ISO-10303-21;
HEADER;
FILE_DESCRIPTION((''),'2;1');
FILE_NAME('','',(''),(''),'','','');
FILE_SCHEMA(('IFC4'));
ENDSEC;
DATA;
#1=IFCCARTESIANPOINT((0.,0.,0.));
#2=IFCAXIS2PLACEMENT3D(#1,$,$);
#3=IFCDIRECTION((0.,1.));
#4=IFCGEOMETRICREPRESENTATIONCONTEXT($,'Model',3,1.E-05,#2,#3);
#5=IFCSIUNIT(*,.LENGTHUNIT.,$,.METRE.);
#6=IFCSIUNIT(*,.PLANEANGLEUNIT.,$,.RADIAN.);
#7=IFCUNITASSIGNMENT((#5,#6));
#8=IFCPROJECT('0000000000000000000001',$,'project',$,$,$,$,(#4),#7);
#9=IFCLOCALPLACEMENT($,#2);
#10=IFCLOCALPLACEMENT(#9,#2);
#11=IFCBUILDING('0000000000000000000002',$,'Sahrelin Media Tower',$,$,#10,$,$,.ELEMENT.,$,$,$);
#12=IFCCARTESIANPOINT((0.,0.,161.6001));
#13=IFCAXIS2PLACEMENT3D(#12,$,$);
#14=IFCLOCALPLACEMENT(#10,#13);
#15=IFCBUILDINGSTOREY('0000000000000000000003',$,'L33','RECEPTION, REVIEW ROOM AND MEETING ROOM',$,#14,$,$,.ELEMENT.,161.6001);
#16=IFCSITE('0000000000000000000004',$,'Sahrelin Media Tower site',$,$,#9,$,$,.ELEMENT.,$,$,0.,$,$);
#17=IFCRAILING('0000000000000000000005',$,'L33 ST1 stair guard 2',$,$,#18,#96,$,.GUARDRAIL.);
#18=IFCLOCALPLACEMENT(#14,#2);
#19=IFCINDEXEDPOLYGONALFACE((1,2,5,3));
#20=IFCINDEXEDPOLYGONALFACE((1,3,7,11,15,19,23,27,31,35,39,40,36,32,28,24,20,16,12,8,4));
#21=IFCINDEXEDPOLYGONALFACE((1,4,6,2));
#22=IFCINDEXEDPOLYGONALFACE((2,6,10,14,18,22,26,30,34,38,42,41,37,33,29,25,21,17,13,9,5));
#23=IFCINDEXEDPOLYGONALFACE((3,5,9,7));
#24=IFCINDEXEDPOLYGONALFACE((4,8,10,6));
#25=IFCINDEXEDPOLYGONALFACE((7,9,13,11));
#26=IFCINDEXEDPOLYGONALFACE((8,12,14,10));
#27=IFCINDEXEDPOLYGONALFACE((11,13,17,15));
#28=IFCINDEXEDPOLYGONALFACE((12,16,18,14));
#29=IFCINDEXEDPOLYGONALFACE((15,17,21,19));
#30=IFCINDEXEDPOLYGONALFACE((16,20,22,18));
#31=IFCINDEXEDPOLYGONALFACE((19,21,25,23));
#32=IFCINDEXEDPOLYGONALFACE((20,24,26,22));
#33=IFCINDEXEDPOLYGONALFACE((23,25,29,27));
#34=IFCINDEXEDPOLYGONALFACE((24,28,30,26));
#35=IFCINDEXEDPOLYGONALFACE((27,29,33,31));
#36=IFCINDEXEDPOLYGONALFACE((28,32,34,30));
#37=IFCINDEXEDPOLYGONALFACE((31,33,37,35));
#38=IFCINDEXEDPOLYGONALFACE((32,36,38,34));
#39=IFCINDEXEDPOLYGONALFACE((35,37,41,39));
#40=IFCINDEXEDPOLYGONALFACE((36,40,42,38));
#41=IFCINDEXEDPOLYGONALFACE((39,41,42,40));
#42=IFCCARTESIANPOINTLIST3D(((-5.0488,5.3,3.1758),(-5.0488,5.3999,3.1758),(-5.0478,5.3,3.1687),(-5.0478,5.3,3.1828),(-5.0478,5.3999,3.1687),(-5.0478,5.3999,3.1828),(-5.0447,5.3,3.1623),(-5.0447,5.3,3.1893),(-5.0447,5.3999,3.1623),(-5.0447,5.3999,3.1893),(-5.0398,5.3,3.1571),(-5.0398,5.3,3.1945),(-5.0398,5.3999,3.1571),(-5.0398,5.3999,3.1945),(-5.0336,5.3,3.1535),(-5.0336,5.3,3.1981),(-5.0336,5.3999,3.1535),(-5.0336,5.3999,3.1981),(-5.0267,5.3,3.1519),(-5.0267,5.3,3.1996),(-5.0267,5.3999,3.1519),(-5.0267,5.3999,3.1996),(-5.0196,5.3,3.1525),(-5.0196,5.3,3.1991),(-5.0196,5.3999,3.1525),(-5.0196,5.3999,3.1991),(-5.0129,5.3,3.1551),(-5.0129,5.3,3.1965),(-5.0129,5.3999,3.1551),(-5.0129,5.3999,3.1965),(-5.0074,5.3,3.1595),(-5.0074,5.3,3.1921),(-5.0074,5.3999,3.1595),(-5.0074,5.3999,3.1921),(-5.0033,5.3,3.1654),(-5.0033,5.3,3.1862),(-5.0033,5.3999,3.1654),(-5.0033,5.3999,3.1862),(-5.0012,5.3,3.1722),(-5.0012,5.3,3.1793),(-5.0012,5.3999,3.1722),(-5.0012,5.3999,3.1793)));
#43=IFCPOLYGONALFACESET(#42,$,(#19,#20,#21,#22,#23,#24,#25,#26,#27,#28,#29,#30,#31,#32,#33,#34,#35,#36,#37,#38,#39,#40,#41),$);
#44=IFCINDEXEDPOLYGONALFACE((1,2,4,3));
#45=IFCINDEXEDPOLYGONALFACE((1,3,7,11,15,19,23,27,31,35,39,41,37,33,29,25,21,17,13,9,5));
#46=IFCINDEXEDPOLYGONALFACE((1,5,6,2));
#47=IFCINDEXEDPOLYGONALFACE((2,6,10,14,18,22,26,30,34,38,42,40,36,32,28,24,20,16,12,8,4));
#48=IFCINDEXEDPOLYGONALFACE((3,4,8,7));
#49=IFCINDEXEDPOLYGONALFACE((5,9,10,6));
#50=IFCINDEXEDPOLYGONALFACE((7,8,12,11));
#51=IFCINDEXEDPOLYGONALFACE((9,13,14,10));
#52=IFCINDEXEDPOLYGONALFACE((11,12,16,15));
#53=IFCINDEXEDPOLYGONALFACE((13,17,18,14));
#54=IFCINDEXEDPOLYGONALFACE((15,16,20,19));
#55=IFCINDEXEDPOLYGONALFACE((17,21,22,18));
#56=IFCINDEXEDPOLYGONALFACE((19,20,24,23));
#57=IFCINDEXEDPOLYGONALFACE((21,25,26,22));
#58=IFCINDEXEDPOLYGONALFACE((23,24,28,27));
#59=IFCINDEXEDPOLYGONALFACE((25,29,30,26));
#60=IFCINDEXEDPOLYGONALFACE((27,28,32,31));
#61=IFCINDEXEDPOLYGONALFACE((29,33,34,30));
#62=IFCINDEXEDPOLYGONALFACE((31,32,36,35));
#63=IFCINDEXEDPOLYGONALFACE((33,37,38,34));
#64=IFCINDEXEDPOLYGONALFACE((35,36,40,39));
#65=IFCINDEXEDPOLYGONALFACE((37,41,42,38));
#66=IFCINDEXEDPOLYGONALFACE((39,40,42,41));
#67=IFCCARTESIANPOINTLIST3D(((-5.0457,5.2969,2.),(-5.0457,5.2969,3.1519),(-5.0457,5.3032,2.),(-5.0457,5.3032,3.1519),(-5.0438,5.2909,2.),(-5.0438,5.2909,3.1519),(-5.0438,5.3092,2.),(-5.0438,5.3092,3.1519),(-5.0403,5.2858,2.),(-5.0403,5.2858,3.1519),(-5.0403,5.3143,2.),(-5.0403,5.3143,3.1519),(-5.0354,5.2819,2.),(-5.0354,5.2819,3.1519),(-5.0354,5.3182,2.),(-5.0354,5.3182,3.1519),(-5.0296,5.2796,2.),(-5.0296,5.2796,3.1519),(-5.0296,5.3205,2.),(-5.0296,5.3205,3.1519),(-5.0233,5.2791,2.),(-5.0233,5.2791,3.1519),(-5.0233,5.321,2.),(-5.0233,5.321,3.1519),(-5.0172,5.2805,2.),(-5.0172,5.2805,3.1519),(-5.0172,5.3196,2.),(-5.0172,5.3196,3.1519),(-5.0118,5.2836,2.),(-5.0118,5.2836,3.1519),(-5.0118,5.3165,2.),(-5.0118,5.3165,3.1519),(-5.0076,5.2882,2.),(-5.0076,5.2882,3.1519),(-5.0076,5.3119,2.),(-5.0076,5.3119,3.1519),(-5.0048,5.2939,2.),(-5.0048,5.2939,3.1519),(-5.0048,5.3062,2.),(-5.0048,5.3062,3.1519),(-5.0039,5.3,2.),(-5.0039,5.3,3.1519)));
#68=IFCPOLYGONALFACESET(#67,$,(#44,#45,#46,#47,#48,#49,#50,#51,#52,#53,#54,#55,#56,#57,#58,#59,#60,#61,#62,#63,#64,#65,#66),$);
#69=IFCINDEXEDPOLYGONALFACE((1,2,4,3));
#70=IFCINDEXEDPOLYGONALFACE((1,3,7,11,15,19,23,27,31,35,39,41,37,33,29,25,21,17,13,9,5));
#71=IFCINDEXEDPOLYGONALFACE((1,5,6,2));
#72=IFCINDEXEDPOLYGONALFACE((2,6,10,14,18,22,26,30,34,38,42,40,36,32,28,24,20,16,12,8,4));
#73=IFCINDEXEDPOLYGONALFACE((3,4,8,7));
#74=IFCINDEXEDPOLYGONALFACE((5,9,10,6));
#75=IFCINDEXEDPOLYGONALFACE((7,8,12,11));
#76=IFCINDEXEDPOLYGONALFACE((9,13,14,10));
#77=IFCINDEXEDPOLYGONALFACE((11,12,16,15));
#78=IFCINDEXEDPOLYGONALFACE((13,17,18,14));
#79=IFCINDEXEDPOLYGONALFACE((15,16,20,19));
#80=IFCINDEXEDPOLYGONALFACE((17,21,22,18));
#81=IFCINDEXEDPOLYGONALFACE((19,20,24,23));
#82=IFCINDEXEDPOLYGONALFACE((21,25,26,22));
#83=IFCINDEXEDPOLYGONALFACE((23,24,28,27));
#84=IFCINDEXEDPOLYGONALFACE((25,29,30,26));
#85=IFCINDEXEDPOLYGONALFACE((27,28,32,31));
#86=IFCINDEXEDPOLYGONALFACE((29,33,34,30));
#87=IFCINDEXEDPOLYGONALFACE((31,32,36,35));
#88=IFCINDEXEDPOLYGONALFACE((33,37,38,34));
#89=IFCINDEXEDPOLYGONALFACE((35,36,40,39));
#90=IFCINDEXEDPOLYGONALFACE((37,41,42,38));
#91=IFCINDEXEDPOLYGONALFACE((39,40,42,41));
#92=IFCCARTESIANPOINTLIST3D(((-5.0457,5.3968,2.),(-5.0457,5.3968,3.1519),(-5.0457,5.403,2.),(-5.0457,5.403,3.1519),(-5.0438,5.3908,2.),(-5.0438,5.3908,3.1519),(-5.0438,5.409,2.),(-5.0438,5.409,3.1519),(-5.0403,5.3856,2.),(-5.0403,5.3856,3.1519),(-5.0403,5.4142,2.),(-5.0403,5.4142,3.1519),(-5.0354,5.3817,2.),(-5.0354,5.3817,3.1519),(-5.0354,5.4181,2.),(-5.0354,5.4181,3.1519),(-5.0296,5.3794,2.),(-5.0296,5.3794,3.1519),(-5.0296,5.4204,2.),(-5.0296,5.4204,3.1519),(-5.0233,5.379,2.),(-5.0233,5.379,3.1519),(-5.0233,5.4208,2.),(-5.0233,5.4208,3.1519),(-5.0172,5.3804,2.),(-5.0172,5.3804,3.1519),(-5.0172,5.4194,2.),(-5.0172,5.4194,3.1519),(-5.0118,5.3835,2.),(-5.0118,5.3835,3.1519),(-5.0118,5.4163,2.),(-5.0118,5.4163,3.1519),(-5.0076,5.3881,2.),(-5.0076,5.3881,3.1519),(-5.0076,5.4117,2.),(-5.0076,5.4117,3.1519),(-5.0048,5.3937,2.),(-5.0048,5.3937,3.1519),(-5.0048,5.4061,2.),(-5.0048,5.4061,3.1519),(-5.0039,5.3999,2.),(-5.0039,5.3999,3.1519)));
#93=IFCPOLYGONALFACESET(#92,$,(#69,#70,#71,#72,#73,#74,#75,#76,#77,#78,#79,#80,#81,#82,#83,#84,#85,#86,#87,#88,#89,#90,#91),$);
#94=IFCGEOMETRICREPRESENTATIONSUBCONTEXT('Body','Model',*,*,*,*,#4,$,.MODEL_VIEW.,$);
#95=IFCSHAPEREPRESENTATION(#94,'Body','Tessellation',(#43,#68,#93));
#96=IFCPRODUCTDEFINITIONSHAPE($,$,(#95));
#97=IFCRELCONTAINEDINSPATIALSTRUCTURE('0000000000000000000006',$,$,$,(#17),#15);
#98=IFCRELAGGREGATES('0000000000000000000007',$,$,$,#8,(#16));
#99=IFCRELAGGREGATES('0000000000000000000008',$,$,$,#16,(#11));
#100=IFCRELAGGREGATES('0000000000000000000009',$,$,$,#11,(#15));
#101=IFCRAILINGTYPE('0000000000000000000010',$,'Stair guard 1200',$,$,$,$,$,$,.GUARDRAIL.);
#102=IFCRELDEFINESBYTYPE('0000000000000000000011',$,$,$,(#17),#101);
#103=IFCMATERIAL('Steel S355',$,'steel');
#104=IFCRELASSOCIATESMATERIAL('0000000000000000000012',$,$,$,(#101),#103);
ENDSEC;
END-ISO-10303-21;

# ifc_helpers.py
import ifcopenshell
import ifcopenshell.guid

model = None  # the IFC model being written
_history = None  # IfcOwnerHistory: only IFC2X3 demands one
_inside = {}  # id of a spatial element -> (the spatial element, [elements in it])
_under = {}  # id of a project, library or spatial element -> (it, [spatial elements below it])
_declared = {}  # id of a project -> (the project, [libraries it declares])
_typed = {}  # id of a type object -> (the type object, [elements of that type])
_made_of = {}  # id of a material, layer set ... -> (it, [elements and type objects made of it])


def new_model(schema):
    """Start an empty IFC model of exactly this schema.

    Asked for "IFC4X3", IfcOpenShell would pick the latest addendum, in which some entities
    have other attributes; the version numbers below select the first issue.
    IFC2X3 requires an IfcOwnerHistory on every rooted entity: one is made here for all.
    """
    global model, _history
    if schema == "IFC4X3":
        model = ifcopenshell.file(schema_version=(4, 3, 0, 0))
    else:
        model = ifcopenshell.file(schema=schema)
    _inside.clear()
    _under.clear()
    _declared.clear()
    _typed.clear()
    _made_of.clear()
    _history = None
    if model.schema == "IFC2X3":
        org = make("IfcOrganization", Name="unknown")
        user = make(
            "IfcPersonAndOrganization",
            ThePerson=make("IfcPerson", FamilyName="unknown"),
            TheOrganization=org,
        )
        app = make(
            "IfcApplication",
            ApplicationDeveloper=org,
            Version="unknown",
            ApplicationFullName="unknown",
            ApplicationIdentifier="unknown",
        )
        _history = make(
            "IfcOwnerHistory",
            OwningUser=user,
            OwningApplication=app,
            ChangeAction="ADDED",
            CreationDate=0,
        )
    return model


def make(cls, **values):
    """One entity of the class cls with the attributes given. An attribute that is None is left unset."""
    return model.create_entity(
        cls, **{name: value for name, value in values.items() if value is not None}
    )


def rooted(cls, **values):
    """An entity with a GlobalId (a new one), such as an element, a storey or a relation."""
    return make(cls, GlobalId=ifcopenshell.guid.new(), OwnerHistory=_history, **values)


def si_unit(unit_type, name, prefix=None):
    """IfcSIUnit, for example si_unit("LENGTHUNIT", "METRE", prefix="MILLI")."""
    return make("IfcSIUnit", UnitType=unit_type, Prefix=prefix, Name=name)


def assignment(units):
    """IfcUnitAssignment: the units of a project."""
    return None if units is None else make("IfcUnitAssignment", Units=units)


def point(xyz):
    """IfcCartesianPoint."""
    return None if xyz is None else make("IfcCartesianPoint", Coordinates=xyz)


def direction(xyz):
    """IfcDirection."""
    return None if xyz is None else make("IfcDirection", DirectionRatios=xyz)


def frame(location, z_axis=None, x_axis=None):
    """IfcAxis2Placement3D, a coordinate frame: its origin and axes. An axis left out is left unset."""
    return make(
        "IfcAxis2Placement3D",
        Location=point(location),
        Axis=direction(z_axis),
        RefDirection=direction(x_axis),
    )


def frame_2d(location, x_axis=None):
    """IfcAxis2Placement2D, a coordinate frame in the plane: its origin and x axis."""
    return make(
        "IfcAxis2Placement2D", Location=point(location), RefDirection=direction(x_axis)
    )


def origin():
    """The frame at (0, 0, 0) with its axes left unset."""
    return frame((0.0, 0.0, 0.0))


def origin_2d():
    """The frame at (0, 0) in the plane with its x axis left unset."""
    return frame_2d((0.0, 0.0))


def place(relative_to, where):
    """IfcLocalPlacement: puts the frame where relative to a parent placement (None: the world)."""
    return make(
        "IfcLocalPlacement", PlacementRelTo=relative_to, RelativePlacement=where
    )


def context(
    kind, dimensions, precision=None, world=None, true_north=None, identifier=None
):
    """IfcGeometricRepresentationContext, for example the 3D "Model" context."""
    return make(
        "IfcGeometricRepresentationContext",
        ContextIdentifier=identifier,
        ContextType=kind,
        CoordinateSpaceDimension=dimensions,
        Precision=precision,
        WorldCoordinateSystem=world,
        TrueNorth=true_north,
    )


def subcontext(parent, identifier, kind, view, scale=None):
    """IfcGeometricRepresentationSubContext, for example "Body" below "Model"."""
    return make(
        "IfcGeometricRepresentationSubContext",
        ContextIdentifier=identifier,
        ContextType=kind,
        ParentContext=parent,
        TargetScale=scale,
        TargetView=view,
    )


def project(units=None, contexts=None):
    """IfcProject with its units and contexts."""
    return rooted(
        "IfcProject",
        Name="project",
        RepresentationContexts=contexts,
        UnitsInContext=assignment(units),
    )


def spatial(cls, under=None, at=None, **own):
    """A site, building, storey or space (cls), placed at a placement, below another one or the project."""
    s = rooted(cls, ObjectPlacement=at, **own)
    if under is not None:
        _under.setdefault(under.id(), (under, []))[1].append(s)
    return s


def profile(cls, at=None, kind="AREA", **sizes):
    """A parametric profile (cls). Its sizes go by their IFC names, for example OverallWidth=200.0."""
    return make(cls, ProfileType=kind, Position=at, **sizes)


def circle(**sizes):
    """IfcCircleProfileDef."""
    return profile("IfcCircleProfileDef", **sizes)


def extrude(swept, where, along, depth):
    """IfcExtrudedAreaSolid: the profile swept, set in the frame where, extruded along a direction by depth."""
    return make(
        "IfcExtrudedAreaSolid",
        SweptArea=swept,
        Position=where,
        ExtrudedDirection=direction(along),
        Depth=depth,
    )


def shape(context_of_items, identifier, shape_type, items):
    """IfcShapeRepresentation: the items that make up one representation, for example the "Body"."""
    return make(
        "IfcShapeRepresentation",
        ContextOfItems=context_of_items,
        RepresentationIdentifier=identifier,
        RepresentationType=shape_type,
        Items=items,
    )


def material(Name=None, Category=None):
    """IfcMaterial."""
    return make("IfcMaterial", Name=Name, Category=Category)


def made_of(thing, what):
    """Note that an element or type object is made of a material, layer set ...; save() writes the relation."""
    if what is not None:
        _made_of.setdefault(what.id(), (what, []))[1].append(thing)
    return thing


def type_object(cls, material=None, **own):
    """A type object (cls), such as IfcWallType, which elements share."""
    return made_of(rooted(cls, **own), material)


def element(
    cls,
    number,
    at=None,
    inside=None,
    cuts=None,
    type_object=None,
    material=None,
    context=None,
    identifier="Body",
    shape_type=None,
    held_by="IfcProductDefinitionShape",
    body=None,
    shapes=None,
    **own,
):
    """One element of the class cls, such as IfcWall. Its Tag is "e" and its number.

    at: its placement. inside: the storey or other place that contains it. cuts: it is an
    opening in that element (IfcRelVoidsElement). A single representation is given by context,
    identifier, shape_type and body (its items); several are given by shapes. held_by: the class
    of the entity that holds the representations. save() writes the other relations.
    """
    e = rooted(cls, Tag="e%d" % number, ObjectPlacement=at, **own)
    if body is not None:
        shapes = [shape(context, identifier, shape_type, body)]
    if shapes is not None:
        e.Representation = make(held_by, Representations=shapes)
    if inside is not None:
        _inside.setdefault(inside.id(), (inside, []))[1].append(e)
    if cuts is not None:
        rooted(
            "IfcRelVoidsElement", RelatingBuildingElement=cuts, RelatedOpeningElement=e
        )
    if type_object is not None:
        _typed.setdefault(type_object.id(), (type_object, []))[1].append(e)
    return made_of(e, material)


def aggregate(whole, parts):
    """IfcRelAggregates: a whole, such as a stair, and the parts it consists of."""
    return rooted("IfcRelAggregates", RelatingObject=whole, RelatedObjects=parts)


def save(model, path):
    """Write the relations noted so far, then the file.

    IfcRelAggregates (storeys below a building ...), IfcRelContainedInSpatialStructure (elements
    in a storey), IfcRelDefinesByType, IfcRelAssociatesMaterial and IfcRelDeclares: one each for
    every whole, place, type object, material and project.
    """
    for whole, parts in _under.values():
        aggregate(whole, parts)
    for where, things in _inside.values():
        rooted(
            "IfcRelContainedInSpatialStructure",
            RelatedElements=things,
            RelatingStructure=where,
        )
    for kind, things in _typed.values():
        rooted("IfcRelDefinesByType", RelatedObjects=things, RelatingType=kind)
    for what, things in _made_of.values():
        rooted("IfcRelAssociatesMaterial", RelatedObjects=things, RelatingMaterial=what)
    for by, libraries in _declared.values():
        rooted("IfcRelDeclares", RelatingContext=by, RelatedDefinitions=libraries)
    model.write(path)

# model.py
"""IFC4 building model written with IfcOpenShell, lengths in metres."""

from ifc_helpers import new_model, si_unit, direction, frame, origin, origin_2d, place, context, subcontext, project, spatial, circle, extrude, material, type_object, element, save


model = new_model("IFC4")

# Units and contexts
model_context = context("Model", 3, precision=1e-05, world=origin(), true_north=direction((0.0, 1.0)))
body_context = subcontext(model_context, "Body", "Model", "MODEL_VIEW")
ifc_project = project(units=[si_unit("LENGTHUNIT", "METRE"), si_unit("PLANEANGLEUNIT", "RADIAN")], contexts=[model_context])

# Site, building, storey
site_placement = place(None, origin())
site = spatial("IfcSite", under=ifc_project, at=site_placement, Name="Sahrelin Media Tower site", CompositionType="ELEMENT", RefElevation=0.0)
building_placement = place(site_placement, origin())
building = spatial("IfcBuilding", under=site, at=building_placement, Name="Sahrelin Media Tower", CompositionType="ELEMENT")
storey_placement = place(building_placement, frame((0.0, 0.0, 161.6001)))
storey = spatial("IfcBuildingStorey", under=building, at=storey_placement, Name="L33", Description="RECEPTION, REVIEW ROOM AND MEETING ROOM", CompositionType="ELEMENT", Elevation=161.6001)

# Shared definitions
ifc_material_1 = material(Name="Steel S355", Category="steel")

# Railing
railing_type_1 = type_object("IfcRailingType", Name="Stair guard 1200", PredefinedType="GUARDRAIL", material=ifc_material_1)
railing_1_placement = place(storey_placement, frame((-5.0249, 5.3, 2.0)))
element("IfcRailing", 1, at=railing_1_placement, inside=storey, type_object=railing_type_1, Name="L33 ST1 stair guard 2", PredefinedType="GUARDRAIL", context=body_context, shape_type="SweptSolid", body=[
    extrude(circle(Radius=0.0239, at=origin_2d()), frame((0.0, 0.0, 1.1758), z_axis=(0.0, 1.0, 0.0), x_axis=(-1.0, 0.0, 0.0)), (0.0, 0.0, 1.0), 0.0999),
    extrude(circle(Radius=0.021, at=origin_2d()), origin(), (0.0, 0.0, 1.0), 1.1519),
    extrude(circle(Radius=0.021, at=origin_2d()), frame((0.0, 0.0999, 0.0)), (0.0, 0.0, 1.0), 1.1519),
])

save(model, "model.ifc")
